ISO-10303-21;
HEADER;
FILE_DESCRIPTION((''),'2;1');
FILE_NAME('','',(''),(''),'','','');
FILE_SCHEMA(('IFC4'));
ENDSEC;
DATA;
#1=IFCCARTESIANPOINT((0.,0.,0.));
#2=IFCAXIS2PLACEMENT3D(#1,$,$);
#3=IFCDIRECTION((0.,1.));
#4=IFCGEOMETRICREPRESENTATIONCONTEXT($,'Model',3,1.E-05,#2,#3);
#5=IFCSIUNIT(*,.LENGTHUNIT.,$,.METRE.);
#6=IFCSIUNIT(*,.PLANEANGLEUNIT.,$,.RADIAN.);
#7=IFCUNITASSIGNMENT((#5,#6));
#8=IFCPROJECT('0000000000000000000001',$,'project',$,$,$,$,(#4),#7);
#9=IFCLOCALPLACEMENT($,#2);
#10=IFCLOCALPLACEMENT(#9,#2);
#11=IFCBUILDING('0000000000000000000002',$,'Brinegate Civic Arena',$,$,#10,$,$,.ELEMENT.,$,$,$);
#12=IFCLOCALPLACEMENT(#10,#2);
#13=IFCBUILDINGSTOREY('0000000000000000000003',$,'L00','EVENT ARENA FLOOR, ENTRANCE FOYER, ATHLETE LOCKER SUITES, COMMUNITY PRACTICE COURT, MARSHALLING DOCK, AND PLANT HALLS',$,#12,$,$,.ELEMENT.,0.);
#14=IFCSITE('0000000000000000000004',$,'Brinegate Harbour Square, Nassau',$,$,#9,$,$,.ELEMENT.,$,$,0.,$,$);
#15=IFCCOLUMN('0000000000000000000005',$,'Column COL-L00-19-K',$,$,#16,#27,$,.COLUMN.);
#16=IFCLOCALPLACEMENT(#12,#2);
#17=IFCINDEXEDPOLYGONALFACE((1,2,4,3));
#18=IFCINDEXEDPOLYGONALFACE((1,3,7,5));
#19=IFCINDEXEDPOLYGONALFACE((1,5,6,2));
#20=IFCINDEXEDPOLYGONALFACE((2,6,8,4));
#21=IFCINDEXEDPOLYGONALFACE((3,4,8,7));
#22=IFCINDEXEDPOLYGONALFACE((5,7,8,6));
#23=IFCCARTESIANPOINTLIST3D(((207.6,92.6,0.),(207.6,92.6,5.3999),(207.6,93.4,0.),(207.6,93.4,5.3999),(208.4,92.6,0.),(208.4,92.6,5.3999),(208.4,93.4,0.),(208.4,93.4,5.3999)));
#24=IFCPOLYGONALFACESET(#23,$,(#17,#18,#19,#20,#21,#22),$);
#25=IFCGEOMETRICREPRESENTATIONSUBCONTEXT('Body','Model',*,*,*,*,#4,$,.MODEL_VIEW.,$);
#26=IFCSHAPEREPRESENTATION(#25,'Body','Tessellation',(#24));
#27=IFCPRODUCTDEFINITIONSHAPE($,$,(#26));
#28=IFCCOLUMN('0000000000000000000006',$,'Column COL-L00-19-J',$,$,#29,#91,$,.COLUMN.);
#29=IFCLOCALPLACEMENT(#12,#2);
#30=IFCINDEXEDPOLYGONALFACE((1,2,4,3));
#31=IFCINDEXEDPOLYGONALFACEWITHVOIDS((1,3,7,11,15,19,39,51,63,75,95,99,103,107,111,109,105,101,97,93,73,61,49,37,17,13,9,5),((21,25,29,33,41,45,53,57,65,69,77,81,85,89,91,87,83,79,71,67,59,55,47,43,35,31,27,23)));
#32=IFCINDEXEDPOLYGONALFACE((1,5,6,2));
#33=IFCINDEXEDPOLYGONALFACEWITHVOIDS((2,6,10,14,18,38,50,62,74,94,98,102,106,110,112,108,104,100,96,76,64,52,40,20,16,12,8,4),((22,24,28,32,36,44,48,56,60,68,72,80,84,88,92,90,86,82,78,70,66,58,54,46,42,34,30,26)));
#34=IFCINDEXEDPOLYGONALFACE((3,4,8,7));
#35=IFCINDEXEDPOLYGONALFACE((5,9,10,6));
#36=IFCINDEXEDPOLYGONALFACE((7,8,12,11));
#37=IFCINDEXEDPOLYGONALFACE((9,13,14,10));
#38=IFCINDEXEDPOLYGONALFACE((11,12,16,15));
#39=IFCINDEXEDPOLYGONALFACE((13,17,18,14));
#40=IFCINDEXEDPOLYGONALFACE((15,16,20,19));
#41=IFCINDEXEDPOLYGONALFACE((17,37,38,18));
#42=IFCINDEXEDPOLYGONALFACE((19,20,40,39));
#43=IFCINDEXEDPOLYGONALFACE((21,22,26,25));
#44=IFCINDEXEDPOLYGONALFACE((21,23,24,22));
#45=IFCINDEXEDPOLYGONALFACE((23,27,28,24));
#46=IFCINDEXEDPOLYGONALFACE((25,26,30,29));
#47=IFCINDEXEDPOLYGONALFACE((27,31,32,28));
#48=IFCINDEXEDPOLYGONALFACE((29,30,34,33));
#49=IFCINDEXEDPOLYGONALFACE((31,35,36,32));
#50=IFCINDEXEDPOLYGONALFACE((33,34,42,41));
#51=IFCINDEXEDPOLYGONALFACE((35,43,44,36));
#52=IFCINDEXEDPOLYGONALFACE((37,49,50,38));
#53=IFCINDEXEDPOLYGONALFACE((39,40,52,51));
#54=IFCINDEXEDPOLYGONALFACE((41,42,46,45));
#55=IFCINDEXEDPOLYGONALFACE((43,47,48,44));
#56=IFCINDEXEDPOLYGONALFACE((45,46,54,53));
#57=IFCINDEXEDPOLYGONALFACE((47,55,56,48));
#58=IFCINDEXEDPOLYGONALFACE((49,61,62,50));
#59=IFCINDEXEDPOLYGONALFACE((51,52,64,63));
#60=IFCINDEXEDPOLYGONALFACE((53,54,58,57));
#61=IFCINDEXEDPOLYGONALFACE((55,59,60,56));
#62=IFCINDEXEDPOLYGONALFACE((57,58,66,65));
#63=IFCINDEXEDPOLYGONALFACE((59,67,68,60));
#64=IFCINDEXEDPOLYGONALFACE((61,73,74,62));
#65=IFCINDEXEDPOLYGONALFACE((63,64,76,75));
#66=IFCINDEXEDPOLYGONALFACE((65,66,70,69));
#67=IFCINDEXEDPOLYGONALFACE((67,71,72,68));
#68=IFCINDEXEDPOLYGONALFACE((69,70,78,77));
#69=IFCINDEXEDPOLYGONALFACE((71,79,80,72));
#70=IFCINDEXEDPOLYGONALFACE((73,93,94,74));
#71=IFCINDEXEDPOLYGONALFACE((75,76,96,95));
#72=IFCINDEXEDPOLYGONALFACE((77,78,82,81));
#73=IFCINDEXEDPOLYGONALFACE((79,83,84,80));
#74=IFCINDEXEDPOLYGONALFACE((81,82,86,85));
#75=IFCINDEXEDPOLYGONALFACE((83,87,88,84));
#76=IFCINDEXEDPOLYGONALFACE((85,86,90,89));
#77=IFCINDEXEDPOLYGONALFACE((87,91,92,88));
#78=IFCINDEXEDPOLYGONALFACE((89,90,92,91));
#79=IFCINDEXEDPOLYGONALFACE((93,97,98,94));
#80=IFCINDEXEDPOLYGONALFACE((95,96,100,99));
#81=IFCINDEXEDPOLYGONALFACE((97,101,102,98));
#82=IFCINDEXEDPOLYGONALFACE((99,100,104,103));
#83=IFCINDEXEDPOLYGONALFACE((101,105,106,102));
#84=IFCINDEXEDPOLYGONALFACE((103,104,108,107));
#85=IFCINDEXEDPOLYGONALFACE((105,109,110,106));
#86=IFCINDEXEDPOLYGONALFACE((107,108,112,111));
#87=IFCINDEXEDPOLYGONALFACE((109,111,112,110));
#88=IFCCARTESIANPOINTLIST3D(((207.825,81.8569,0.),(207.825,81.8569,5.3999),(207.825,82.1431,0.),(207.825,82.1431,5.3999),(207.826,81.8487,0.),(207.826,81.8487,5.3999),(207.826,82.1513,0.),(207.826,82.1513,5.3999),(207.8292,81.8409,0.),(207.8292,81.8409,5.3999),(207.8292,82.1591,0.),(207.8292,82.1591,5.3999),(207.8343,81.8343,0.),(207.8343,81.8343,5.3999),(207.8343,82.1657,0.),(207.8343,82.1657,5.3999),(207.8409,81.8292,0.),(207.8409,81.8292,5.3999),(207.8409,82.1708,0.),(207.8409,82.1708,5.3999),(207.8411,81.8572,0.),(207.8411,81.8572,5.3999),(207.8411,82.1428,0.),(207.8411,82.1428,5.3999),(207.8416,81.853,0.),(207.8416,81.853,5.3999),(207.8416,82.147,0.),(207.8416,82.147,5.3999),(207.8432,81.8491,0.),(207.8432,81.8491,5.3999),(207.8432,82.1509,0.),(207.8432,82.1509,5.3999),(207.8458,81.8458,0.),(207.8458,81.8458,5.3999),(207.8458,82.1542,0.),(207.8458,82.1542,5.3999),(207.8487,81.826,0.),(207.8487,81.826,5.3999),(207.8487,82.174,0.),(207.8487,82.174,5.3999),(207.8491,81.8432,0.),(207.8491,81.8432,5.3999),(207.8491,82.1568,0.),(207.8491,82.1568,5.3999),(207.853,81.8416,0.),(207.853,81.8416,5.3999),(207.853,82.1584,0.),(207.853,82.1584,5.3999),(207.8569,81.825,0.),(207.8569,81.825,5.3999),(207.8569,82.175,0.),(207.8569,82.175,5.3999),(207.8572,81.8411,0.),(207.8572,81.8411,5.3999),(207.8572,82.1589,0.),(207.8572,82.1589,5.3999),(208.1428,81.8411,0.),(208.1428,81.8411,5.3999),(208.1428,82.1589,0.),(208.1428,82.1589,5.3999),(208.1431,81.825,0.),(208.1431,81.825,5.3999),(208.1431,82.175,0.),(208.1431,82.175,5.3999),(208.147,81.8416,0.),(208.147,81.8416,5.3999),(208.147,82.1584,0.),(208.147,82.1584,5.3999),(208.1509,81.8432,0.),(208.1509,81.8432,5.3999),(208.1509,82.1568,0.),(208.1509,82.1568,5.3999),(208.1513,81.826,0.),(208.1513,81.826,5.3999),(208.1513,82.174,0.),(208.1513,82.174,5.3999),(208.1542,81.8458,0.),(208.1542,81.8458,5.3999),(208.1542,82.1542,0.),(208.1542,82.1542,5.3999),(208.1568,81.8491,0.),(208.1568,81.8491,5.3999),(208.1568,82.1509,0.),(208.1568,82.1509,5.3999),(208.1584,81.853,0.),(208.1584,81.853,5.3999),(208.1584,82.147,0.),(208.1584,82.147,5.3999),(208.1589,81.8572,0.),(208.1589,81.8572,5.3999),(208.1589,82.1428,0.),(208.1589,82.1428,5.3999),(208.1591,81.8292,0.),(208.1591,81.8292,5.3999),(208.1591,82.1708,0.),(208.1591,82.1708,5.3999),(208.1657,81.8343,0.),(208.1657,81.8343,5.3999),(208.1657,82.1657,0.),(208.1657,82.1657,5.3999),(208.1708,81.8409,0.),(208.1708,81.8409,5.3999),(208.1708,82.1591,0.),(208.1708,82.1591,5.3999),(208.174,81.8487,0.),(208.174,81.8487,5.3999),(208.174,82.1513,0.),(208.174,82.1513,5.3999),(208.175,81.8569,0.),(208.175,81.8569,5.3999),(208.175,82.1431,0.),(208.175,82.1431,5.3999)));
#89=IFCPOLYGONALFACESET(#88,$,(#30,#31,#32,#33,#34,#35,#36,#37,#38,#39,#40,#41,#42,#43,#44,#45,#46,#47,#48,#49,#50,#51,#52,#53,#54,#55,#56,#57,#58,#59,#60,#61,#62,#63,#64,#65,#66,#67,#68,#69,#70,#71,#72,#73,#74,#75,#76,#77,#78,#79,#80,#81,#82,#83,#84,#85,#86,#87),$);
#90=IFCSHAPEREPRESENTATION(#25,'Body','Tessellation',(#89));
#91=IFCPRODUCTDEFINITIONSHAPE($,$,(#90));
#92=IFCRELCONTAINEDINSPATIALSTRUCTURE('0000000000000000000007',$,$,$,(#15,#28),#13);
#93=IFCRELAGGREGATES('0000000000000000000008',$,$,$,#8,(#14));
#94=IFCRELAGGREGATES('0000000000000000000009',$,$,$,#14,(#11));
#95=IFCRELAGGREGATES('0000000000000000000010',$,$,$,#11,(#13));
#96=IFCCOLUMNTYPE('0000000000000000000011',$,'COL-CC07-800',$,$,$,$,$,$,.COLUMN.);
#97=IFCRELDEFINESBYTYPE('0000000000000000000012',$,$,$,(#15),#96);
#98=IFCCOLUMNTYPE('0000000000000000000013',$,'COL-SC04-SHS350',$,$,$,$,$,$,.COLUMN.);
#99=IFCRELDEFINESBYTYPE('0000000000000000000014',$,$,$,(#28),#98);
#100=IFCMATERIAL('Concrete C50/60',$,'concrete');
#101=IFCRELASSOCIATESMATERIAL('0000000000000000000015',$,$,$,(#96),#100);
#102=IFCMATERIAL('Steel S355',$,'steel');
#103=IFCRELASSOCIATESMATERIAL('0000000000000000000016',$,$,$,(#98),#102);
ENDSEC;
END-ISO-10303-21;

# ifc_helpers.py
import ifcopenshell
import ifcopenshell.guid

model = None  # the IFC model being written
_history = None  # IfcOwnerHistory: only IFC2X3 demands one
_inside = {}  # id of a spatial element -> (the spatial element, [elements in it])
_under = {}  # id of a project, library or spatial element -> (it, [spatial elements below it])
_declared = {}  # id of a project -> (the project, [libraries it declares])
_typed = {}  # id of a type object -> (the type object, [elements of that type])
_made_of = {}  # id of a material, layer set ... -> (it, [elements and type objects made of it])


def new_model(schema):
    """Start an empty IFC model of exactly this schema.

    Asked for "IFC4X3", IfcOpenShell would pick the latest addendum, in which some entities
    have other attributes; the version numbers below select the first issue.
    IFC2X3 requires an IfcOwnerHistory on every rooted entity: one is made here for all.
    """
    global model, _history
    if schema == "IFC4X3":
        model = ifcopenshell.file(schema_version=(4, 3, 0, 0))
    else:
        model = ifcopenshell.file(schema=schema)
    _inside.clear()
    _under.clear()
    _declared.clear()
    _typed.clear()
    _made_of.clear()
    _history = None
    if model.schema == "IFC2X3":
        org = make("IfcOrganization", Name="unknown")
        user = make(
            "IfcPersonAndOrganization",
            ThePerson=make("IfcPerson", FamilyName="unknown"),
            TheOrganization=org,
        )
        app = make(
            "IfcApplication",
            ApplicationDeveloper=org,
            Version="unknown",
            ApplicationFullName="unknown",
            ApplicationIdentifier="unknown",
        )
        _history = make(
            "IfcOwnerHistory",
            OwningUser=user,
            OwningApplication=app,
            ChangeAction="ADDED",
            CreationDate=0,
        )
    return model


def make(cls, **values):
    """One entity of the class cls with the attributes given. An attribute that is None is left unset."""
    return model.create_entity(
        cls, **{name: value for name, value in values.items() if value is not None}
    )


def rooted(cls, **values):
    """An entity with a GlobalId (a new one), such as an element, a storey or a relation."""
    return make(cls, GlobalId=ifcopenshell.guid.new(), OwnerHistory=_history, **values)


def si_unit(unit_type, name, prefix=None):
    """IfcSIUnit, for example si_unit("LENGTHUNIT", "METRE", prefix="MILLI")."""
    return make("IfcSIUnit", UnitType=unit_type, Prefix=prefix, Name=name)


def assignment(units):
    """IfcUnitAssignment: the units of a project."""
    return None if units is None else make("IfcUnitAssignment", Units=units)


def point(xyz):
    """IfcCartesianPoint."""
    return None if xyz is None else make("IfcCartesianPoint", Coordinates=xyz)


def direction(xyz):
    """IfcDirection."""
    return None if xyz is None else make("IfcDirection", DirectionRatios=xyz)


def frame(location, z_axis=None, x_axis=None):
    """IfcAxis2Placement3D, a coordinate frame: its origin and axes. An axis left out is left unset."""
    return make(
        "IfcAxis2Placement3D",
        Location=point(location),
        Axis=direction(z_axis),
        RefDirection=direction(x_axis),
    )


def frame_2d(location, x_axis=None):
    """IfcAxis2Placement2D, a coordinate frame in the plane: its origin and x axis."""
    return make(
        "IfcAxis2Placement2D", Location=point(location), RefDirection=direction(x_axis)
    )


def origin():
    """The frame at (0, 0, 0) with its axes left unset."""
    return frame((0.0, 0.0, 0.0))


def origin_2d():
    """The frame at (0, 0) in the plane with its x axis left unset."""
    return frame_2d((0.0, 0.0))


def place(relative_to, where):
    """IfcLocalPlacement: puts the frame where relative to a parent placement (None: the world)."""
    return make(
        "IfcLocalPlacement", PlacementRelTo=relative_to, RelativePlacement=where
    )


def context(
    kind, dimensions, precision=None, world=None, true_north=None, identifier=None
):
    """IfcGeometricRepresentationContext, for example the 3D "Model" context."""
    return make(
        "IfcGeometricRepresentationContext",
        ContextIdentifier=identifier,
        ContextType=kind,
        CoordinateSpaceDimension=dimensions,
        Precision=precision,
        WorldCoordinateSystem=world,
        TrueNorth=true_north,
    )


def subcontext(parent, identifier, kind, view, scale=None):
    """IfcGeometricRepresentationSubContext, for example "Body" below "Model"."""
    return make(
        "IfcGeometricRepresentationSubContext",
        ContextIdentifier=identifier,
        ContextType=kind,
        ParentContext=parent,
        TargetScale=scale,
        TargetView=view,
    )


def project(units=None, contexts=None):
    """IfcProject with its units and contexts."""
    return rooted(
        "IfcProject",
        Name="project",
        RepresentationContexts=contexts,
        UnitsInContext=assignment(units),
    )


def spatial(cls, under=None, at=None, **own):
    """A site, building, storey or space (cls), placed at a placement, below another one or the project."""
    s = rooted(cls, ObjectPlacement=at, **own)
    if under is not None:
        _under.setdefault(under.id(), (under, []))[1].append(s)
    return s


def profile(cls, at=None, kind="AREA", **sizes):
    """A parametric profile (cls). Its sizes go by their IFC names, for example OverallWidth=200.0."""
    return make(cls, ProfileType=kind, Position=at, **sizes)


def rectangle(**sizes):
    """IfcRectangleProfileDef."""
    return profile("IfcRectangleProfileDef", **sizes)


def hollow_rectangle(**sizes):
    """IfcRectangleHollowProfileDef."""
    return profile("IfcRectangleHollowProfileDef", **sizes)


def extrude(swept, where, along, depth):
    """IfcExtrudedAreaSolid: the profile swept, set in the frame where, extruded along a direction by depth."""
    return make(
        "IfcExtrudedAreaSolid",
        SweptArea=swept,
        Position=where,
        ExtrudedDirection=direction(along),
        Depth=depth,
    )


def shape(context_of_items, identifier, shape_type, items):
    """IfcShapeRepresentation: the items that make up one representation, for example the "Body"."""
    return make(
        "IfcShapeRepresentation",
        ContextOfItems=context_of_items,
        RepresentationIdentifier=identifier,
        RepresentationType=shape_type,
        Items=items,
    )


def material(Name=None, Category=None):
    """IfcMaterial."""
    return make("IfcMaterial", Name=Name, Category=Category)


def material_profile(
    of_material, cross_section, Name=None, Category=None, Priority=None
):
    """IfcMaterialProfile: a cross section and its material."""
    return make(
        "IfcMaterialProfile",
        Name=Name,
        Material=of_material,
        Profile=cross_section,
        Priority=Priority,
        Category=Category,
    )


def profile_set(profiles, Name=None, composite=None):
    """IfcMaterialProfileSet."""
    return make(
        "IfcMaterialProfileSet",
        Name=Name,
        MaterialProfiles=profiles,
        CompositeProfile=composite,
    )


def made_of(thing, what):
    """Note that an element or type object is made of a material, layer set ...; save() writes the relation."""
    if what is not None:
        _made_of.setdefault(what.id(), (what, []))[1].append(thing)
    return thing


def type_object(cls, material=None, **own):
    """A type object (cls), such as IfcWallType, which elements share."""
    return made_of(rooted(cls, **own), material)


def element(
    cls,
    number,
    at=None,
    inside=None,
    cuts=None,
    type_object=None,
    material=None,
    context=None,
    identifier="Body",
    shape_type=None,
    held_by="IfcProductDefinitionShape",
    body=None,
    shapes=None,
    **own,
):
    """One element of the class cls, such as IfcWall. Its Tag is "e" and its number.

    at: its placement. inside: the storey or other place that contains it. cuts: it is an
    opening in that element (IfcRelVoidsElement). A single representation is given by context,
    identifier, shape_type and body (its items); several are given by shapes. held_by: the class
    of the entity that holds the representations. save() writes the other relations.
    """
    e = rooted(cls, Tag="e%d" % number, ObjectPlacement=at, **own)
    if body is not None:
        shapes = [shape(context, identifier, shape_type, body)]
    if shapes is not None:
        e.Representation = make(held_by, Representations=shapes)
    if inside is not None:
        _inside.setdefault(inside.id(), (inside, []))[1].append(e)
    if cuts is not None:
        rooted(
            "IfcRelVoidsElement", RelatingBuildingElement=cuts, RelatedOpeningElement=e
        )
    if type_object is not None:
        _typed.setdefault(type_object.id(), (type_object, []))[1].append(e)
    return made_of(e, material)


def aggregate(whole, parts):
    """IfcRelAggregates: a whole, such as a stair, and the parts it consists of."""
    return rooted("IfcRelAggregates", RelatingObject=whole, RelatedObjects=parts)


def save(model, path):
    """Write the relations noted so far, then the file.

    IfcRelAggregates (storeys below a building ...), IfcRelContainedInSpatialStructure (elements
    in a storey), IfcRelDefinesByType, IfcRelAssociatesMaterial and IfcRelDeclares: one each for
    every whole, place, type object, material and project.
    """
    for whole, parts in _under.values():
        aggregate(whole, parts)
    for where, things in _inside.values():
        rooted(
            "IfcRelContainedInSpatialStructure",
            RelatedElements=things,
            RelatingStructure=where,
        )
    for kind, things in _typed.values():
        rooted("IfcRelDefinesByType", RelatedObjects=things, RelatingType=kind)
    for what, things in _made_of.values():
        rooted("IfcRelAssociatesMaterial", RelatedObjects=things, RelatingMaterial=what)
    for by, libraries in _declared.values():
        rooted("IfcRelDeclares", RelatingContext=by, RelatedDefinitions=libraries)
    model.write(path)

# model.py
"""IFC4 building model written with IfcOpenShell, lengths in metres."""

from ifc_helpers import new_model, si_unit, direction, frame, origin, origin_2d, place, context, subcontext, project, spatial, rectangle, hollow_rectangle, extrude, material, material_profile, profile_set, type_object, element, save


model = new_model("IFC4")

# Units and contexts
model_context = context("Model", 3, precision=1e-05, world=origin(), true_north=direction((0.0, 1.0)))
body_context = subcontext(model_context, "Body", "Model", "MODEL_VIEW")
ifc_project = project(units=[si_unit("LENGTHUNIT", "METRE"), si_unit("PLANEANGLEUNIT", "RADIAN")], contexts=[model_context])

# Site, building, storey
site_placement = place(None, origin())
site = spatial("IfcSite", under=ifc_project, at=site_placement, Name="Brinegate Harbour Square, Nassau", CompositionType="ELEMENT", RefElevation=0.0)
building_placement = place(site_placement, origin())
building = spatial("IfcBuilding", under=site, at=building_placement, Name="Brinegate Civic Arena", CompositionType="ELEMENT")
storey_placement = place(building_placement, origin())
storey = spatial("IfcBuildingStorey", under=building, at=storey_placement, Name="L00", Description="EVENT ARENA FLOOR, ENTRANCE FOYER, ATHLETE LOCKER SUITES, COMMUNITY PRACTICE COURT, MARSHALLING DOCK, AND PLANT HALLS", CompositionType="ELEMENT", Elevation=0.0)

# Columns
ifc_material_1 = material(Name="Concrete C50/60", Category="concrete")
ifc_material_profile_1 = material_profile(ifc_material_1, rectangle(XDim=0.8, YDim=0.8, at=origin_2d()), Name="RC800X800")
ifc_profile_set_1 = profile_set([ifc_material_profile_1], Name="Concrete C50/60")
column_type_1 = type_object("IfcColumnType", Name="COL-CC07-800", PredefinedType="COLUMN", material=ifc_profile_set_1)
column_1_placement = place(storey_placement, frame((208.0, 93.0, 0.0), z_axis=(0.0, 0.0, 1.0), x_axis=(1.0, 0.0, 0.0)))
element("IfcColumn", 1, at=column_1_placement, inside=storey, type_object=column_type_1, Name="Column COL-L00-19-K", PredefinedType="COLUMN", context=body_context, shape_type="SweptSolid", body=[
    extrude(rectangle(XDim=0.8, YDim=0.8, at=origin_2d()), origin(), (0.0, 0.0, 1.0), 5.3999),
])
ifc_material_2 = material(Name="Steel S355", Category="steel")
ifc_material_profile_2 = material_profile(ifc_material_2, hollow_rectangle(XDim=0.3501, YDim=0.3501, WallThickness=0.0161, InnerFilletRadius=0.0161, OuterFilletRadius=0.032, at=origin_2d()), Name="SHS350X16")
ifc_profile_set_2 = profile_set([ifc_material_profile_2], Name="Steel S355")
column_type_2 = type_object("IfcColumnType", Name="COL-SC04-SHS350", PredefinedType="COLUMN", material=ifc_profile_set_2)
column_2_placement = place(storey_placement, frame((208.0, 82.0, 0.0), z_axis=(0.0, 0.0, 1.0), x_axis=(1.0, 0.0, 0.0)))
element("IfcColumn", 2, at=column_2_placement, inside=storey, type_object=column_type_2, Name="Column COL-L00-19-J", PredefinedType="COLUMN", context=body_context, shape_type="SweptSolid", body=[
    extrude(hollow_rectangle(XDim=0.3501, YDim=0.3501, WallThickness=0.0161, InnerFilletRadius=0.0161, OuterFilletRadius=0.032, at=origin_2d()), origin(), (0.0, 0.0, 1.0), 5.3999),
])

save(model, "model.ifc")
